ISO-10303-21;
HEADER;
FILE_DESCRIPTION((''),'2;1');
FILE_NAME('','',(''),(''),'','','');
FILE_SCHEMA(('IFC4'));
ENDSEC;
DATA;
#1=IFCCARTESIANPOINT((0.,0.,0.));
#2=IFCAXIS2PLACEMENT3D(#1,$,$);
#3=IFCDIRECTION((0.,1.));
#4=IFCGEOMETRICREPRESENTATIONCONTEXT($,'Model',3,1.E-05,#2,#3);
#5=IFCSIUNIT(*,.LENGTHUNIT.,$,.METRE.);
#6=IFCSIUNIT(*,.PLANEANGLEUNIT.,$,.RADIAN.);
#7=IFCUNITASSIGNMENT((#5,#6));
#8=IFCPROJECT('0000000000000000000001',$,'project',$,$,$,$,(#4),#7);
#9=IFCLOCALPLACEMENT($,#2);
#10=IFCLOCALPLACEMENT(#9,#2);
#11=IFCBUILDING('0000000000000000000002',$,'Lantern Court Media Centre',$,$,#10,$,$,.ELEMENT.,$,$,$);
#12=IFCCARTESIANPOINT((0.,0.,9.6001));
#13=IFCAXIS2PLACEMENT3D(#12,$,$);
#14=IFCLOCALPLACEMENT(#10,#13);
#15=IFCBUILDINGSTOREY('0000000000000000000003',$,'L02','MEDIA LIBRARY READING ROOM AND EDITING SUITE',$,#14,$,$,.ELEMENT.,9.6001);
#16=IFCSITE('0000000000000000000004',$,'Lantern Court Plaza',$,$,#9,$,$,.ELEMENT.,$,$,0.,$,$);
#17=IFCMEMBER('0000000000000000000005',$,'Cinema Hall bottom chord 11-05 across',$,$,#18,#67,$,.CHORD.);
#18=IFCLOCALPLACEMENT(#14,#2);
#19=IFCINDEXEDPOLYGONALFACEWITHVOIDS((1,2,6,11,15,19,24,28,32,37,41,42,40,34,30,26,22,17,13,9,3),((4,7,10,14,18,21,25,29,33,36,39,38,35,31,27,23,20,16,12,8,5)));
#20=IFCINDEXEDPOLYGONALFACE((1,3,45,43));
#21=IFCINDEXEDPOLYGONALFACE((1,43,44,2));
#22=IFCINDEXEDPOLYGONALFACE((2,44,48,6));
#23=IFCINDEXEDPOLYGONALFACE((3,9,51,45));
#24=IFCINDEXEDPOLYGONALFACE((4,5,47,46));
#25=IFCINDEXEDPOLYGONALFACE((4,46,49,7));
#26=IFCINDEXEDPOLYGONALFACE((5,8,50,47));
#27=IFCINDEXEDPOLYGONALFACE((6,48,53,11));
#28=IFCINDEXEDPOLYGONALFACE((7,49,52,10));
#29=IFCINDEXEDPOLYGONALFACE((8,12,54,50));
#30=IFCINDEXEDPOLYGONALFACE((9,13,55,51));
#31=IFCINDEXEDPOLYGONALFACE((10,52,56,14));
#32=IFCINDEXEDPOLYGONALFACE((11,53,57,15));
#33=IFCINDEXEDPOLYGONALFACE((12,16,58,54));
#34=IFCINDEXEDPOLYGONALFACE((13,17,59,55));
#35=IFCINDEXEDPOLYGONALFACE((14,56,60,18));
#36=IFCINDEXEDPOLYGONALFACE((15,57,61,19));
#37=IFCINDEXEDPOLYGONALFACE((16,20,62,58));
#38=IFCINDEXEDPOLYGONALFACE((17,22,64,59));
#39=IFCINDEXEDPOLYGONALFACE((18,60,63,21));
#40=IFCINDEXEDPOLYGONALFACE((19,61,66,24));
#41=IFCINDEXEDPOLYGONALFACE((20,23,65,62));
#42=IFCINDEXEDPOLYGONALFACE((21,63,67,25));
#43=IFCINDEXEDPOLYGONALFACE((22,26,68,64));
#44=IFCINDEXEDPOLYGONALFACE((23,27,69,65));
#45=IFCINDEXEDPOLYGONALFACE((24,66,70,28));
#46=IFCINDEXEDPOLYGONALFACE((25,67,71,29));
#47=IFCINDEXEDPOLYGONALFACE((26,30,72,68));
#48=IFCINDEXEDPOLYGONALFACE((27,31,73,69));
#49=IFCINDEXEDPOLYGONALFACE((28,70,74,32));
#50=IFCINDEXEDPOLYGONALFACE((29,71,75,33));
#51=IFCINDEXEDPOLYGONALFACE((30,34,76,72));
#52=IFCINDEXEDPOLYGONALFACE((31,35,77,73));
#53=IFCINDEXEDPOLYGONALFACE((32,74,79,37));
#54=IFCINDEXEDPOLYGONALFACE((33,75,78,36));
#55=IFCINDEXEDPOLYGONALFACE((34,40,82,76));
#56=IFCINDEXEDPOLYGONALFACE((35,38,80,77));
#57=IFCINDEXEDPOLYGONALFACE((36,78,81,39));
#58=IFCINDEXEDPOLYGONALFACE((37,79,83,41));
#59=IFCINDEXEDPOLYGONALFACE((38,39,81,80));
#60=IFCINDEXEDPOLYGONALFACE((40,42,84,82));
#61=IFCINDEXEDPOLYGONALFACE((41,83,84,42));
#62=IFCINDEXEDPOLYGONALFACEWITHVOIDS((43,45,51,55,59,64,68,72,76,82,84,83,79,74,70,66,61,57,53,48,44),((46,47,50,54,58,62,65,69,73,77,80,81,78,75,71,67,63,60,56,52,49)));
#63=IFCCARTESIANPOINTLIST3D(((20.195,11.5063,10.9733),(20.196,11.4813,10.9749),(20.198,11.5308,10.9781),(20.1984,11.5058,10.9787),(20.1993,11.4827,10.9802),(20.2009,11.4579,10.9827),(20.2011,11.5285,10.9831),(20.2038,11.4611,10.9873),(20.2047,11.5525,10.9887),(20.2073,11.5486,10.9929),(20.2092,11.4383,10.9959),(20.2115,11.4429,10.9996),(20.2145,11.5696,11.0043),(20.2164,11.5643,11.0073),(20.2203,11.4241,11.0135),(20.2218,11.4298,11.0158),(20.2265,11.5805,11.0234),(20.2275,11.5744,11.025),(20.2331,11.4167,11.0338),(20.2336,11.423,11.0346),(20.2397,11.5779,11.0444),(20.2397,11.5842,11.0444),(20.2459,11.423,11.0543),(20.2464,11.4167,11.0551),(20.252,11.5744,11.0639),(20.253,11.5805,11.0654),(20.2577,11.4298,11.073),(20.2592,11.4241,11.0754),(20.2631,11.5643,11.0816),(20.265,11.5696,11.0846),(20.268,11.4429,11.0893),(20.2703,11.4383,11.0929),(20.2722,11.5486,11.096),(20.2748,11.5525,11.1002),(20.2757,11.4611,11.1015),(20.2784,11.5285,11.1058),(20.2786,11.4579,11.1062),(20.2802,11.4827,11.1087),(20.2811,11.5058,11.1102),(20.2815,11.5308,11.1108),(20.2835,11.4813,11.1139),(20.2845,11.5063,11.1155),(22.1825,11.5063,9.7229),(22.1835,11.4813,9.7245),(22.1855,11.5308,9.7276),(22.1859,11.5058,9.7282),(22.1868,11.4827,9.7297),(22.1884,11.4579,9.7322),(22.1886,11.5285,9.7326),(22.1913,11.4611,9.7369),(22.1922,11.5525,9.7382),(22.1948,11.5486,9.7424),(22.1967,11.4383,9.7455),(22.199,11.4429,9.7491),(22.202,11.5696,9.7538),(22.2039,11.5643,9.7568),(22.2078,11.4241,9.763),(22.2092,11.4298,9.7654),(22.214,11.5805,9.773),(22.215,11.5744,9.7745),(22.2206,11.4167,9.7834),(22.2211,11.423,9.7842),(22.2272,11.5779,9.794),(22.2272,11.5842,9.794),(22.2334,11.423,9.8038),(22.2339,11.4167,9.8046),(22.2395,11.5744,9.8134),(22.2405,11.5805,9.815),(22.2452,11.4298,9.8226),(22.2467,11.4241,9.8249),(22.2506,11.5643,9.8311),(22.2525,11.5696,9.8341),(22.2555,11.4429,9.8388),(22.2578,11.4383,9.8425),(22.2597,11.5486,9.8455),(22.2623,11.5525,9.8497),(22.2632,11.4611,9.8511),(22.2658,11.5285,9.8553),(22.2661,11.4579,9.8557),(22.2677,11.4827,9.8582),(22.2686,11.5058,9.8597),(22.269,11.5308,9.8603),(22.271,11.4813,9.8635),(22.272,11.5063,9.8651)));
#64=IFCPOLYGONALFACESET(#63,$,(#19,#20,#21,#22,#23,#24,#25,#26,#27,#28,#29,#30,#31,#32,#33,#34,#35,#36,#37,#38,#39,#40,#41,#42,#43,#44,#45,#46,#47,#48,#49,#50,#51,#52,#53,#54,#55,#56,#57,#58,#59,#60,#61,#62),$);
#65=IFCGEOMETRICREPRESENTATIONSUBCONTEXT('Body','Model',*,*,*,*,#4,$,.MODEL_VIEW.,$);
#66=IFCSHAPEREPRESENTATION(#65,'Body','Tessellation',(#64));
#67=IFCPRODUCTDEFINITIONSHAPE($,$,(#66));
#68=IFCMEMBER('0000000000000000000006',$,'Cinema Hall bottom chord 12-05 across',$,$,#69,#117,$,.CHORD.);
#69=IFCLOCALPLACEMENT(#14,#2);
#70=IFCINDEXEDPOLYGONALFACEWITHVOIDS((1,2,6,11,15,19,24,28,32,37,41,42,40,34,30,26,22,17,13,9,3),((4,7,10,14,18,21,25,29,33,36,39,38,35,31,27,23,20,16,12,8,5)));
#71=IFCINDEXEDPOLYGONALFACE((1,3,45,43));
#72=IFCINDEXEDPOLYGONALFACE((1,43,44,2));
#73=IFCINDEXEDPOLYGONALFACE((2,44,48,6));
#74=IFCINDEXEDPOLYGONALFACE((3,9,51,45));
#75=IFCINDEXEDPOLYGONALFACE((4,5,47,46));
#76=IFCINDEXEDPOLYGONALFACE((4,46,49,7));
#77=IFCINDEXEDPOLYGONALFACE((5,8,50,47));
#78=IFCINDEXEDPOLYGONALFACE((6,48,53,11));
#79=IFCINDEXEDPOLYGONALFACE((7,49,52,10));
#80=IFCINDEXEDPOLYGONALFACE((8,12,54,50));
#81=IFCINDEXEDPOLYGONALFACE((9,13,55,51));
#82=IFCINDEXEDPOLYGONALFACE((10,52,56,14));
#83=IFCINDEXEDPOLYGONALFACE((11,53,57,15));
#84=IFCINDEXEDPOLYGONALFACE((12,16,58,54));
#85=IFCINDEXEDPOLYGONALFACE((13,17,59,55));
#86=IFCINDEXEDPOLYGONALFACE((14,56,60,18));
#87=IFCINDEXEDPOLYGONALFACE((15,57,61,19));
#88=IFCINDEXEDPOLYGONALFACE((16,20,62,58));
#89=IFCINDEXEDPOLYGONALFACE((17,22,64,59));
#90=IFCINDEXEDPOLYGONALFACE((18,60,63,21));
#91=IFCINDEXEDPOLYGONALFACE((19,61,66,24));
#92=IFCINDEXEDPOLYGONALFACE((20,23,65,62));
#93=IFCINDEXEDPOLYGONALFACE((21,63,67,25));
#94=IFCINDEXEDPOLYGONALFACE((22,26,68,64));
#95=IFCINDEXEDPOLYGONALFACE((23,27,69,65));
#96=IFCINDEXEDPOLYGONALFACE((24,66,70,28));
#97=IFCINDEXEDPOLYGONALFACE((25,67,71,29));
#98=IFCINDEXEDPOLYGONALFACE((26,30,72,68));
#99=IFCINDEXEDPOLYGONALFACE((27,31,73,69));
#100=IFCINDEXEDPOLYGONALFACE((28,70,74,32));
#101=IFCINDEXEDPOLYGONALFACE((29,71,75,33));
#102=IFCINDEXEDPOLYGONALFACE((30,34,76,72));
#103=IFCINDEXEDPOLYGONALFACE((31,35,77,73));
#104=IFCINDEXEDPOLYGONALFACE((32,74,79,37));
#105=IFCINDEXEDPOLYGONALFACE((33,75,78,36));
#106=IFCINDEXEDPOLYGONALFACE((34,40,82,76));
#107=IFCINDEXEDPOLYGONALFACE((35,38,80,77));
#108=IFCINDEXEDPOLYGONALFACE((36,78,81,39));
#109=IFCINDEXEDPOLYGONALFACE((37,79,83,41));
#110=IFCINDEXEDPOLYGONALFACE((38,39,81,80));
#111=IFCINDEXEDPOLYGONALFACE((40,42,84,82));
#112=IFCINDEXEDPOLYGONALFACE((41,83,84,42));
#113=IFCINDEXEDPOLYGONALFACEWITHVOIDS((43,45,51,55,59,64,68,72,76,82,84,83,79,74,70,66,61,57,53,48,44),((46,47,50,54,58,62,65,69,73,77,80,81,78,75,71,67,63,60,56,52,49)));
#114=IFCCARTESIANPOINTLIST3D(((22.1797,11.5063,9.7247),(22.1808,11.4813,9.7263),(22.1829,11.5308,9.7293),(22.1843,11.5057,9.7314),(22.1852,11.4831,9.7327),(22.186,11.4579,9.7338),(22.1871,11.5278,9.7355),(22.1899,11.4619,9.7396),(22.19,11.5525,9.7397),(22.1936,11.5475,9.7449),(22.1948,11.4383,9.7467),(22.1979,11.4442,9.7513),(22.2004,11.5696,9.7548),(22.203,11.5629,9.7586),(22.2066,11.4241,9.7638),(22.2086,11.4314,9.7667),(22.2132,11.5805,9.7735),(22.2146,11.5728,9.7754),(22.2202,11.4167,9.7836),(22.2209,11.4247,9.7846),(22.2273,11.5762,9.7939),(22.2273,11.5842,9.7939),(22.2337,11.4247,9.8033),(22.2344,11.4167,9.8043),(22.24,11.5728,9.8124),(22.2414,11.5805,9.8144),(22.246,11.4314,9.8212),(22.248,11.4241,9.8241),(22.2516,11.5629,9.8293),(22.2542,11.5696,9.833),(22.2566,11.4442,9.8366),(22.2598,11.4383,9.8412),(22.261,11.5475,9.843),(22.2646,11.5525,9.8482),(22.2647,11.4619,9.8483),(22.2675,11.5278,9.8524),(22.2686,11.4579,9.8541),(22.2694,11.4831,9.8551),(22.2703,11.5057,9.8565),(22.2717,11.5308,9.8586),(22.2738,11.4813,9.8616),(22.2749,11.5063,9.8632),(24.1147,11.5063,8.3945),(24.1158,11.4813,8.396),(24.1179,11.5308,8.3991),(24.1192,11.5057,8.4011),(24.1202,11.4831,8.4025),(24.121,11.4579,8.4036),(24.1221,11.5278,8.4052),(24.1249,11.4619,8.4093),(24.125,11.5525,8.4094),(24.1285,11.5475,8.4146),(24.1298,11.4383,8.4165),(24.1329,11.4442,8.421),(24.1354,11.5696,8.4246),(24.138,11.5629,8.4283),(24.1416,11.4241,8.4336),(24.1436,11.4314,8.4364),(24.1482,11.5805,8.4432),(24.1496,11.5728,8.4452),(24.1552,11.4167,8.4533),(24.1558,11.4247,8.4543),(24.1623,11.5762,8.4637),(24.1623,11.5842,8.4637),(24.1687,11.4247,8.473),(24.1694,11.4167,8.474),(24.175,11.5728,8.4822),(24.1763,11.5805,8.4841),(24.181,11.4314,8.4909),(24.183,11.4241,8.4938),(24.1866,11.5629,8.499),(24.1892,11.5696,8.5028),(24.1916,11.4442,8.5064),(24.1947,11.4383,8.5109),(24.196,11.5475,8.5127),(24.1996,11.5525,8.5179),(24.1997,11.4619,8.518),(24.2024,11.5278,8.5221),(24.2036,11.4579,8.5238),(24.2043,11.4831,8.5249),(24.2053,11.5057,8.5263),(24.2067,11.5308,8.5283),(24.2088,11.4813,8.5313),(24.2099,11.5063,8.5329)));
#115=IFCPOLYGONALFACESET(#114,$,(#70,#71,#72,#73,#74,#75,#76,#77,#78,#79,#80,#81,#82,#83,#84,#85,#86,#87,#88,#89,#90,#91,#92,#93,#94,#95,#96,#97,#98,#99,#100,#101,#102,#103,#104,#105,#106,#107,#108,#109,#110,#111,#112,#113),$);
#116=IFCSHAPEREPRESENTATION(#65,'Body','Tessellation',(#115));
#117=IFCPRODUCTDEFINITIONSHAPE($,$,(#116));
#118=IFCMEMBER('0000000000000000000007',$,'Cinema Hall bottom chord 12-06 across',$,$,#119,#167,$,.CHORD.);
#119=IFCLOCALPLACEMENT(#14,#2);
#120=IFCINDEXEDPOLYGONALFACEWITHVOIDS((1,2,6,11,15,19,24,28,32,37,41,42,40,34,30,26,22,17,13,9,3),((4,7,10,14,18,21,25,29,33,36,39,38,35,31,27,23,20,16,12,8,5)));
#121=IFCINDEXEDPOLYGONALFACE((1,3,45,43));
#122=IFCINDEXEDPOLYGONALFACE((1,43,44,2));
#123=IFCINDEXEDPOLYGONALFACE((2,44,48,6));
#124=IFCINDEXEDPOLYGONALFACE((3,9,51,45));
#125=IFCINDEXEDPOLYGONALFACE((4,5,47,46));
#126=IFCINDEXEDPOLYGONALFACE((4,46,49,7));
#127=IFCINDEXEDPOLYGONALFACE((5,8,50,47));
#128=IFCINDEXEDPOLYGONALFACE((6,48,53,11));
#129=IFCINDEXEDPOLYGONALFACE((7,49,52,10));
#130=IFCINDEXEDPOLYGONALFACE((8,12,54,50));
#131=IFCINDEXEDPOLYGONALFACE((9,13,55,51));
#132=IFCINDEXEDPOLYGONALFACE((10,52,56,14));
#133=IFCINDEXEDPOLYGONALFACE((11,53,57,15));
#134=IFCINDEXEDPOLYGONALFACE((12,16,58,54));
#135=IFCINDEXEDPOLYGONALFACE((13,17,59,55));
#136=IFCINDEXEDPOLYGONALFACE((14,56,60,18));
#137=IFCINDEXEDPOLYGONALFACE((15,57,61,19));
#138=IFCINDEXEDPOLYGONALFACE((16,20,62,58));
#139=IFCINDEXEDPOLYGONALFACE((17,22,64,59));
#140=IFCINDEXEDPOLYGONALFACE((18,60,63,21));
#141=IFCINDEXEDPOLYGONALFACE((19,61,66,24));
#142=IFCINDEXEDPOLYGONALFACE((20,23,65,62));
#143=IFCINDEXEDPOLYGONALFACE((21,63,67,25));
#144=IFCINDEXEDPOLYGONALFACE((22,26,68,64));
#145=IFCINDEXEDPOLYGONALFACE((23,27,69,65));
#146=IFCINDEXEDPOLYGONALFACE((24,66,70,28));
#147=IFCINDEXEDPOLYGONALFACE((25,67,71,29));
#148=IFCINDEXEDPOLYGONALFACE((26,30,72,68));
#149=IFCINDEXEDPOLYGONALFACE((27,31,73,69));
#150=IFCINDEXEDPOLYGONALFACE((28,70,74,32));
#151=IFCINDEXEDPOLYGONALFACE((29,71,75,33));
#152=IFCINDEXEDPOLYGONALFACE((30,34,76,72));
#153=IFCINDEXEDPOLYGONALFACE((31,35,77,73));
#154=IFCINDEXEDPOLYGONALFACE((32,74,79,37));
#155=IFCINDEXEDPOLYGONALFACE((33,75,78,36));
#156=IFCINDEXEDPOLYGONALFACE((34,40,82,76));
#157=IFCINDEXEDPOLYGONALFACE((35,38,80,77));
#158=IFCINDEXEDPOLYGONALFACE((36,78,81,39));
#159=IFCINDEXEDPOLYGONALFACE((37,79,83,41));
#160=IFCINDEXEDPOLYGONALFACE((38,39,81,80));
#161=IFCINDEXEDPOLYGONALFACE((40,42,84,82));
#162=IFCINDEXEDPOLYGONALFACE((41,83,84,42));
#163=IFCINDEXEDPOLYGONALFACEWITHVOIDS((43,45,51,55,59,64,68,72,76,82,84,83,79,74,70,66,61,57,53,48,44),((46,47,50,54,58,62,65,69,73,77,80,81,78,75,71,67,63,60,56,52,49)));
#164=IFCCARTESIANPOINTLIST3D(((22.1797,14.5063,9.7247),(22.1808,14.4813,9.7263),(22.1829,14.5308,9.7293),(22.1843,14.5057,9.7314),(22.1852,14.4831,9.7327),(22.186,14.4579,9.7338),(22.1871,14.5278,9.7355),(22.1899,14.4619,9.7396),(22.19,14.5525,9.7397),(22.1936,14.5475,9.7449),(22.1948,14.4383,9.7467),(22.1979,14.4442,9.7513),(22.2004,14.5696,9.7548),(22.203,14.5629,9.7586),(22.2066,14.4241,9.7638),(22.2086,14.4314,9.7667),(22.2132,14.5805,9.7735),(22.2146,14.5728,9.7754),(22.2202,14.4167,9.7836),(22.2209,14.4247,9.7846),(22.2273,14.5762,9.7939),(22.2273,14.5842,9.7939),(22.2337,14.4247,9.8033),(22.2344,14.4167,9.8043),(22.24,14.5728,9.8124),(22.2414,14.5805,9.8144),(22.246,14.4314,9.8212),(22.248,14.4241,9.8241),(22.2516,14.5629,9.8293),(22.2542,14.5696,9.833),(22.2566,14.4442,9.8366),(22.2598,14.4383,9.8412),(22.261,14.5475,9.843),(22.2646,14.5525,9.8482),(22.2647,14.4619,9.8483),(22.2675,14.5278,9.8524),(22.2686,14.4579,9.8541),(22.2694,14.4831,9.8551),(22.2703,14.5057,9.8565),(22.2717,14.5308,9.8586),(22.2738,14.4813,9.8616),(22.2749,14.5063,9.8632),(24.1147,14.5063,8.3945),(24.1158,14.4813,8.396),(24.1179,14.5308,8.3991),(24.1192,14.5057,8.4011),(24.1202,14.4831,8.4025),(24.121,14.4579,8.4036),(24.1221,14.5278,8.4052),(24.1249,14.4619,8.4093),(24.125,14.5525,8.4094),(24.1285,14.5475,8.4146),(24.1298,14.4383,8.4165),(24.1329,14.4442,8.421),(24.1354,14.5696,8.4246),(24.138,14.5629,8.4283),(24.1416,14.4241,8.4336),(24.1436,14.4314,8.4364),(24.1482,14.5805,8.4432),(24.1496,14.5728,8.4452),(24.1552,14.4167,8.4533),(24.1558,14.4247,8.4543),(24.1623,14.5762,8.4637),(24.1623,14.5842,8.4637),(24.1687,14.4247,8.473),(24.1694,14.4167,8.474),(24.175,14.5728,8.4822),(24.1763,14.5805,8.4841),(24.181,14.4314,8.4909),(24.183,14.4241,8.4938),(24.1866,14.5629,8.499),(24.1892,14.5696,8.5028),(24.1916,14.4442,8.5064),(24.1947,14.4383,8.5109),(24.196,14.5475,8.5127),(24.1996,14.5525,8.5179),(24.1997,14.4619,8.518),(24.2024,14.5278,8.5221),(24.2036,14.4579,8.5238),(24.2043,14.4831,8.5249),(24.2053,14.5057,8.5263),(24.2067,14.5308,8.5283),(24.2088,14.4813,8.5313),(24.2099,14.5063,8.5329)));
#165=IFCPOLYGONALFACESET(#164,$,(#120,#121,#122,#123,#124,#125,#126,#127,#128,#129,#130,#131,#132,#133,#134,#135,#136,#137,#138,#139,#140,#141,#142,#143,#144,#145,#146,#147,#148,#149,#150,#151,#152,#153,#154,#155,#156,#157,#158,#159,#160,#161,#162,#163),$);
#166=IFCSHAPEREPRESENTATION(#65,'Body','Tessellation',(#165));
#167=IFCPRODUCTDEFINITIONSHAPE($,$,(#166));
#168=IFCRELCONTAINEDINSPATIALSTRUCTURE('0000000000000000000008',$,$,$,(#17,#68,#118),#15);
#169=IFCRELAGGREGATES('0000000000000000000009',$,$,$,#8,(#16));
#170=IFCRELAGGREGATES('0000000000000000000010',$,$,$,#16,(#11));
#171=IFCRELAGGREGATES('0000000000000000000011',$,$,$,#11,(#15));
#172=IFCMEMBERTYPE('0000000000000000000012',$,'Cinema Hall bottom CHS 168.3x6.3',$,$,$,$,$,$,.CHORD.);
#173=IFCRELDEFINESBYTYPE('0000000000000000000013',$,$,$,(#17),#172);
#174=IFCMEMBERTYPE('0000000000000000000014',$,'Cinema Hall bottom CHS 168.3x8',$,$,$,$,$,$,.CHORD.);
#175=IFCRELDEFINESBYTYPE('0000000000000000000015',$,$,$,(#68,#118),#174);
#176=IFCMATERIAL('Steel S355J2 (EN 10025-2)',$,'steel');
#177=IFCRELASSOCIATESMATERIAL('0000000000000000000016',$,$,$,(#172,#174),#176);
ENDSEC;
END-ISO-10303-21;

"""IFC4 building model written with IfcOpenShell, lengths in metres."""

from ifc_helpers import new_model, si_unit, direction, frame, origin, origin_2d, place, context, subcontext, project, spatial, hollow_circle, extrude, material, material_profile, profile_set, type_object, element, save


model = new_model("IFC4")

# Units and contexts
model_context = context("Model", 3, precision=1e-05, world=origin(), true_north=direction((0.0, 1.0)))
body_context = subcontext(model_context, "Body", "Model", "MODEL_VIEW")
ifc_project = project(units=[si_unit("LENGTHUNIT", "METRE"), si_unit("PLANEANGLEUNIT", "RADIAN")], contexts=[model_context])

# Site, building, storey
site_placement = place(None, origin())
site = spatial("IfcSite", under=ifc_project, at=site_placement, Name="Lantern Court Plaza", CompositionType="ELEMENT", RefElevation=0.0)
building_placement = place(site_placement, origin())
building = spatial("IfcBuilding", under=site, at=building_placement, Name="Lantern Court Media Centre", CompositionType="ELEMENT")
storey_placement = place(building_placement, frame((0.0, 0.0, 9.6001)))
storey = spatial("IfcBuildingStorey", under=building, at=storey_placement, Name="L02", Description="MEDIA LIBRARY READING ROOM AND EDITING SUITE", CompositionType="ELEMENT", Elevation=9.6001)

# Members
ifc_material = material(Name="Steel S355J2 (EN 10025-2)", Category="steel")
ifc_material_profile_1 = material_profile(ifc_material, hollow_circle(Radius=0.0842, WallThickness=0.0063, at=origin_2d()), Name="Cinema Hall bottom CHS 168.3x6.3")
ifc_profile_set_1 = profile_set([ifc_material_profile_1], Name="Steel S355J2 (EN 10025-2)")
member_type_1 = type_object("IfcMemberType", Name="Cinema Hall bottom CHS 168.3x6.3", PredefinedType="CHORD", material=ifc_profile_set_1)
member_1_placement = place(storey_placement, frame((20.2397, 11.5, 11.0444), z_axis=(0.846412, 0.0, -0.532529), x_axis=(0.0, 1.0, 0.0)))
element("IfcMember", 1, at=member_1_placement, inside=storey, type_object=member_type_1, Name="Cinema Hall bottom chord 11-05 across", PredefinedType="CHORD", context=body_context, shape_type="SweptSolid", body=[
    extrude(hollow_circle(Radius=0.0842, WallThickness=0.0063, at=origin_2d()), origin(), (0.0, 0.0, 1.0), 2.3481),
])
ifc_material_profile_2 = material_profile(ifc_material, hollow_circle(Radius=0.0842, WallThickness=0.0081, at=origin_2d()), Name="Cinema Hall bottom CHS 168.3x8")
ifc_profile_set_2 = profile_set([ifc_material_profile_2], Name="Steel S355J2 (EN 10025-2)")
member_type_2 = type_object("IfcMemberType", Name="Cinema Hall bottom CHS 168.3x8", PredefinedType="CHORD", material=ifc_profile_set_2)
for number, where, z_axis, x_axis, name in (
    (2, (22.2273, 11.5, 9.7939), (0.824048, 0.0, -0.56652), (0.0, 1.0, 0.0), "Cinema Hall bottom chord 12-05 across"),
    (3, (22.2273, 14.5, 9.7939), (0.824048, 0.0, -0.56652), (0.0, 1.0, 0.0), "Cinema Hall bottom chord 12-06 across"),
):
    element("IfcMember", number, at=place(storey_placement, frame(where, z_axis=z_axis, x_axis=x_axis)), inside=storey, type_object=member_type_2, Name=name, PredefinedType="CHORD", context=body_context, shape_type="SweptSolid", body=[
        extrude(hollow_circle(Radius=0.0842, WallThickness=0.0081, at=origin_2d()), origin(), (0.0, 0.0, 1.0), 2.3481),
    ])

save(model, "model.ifc")
